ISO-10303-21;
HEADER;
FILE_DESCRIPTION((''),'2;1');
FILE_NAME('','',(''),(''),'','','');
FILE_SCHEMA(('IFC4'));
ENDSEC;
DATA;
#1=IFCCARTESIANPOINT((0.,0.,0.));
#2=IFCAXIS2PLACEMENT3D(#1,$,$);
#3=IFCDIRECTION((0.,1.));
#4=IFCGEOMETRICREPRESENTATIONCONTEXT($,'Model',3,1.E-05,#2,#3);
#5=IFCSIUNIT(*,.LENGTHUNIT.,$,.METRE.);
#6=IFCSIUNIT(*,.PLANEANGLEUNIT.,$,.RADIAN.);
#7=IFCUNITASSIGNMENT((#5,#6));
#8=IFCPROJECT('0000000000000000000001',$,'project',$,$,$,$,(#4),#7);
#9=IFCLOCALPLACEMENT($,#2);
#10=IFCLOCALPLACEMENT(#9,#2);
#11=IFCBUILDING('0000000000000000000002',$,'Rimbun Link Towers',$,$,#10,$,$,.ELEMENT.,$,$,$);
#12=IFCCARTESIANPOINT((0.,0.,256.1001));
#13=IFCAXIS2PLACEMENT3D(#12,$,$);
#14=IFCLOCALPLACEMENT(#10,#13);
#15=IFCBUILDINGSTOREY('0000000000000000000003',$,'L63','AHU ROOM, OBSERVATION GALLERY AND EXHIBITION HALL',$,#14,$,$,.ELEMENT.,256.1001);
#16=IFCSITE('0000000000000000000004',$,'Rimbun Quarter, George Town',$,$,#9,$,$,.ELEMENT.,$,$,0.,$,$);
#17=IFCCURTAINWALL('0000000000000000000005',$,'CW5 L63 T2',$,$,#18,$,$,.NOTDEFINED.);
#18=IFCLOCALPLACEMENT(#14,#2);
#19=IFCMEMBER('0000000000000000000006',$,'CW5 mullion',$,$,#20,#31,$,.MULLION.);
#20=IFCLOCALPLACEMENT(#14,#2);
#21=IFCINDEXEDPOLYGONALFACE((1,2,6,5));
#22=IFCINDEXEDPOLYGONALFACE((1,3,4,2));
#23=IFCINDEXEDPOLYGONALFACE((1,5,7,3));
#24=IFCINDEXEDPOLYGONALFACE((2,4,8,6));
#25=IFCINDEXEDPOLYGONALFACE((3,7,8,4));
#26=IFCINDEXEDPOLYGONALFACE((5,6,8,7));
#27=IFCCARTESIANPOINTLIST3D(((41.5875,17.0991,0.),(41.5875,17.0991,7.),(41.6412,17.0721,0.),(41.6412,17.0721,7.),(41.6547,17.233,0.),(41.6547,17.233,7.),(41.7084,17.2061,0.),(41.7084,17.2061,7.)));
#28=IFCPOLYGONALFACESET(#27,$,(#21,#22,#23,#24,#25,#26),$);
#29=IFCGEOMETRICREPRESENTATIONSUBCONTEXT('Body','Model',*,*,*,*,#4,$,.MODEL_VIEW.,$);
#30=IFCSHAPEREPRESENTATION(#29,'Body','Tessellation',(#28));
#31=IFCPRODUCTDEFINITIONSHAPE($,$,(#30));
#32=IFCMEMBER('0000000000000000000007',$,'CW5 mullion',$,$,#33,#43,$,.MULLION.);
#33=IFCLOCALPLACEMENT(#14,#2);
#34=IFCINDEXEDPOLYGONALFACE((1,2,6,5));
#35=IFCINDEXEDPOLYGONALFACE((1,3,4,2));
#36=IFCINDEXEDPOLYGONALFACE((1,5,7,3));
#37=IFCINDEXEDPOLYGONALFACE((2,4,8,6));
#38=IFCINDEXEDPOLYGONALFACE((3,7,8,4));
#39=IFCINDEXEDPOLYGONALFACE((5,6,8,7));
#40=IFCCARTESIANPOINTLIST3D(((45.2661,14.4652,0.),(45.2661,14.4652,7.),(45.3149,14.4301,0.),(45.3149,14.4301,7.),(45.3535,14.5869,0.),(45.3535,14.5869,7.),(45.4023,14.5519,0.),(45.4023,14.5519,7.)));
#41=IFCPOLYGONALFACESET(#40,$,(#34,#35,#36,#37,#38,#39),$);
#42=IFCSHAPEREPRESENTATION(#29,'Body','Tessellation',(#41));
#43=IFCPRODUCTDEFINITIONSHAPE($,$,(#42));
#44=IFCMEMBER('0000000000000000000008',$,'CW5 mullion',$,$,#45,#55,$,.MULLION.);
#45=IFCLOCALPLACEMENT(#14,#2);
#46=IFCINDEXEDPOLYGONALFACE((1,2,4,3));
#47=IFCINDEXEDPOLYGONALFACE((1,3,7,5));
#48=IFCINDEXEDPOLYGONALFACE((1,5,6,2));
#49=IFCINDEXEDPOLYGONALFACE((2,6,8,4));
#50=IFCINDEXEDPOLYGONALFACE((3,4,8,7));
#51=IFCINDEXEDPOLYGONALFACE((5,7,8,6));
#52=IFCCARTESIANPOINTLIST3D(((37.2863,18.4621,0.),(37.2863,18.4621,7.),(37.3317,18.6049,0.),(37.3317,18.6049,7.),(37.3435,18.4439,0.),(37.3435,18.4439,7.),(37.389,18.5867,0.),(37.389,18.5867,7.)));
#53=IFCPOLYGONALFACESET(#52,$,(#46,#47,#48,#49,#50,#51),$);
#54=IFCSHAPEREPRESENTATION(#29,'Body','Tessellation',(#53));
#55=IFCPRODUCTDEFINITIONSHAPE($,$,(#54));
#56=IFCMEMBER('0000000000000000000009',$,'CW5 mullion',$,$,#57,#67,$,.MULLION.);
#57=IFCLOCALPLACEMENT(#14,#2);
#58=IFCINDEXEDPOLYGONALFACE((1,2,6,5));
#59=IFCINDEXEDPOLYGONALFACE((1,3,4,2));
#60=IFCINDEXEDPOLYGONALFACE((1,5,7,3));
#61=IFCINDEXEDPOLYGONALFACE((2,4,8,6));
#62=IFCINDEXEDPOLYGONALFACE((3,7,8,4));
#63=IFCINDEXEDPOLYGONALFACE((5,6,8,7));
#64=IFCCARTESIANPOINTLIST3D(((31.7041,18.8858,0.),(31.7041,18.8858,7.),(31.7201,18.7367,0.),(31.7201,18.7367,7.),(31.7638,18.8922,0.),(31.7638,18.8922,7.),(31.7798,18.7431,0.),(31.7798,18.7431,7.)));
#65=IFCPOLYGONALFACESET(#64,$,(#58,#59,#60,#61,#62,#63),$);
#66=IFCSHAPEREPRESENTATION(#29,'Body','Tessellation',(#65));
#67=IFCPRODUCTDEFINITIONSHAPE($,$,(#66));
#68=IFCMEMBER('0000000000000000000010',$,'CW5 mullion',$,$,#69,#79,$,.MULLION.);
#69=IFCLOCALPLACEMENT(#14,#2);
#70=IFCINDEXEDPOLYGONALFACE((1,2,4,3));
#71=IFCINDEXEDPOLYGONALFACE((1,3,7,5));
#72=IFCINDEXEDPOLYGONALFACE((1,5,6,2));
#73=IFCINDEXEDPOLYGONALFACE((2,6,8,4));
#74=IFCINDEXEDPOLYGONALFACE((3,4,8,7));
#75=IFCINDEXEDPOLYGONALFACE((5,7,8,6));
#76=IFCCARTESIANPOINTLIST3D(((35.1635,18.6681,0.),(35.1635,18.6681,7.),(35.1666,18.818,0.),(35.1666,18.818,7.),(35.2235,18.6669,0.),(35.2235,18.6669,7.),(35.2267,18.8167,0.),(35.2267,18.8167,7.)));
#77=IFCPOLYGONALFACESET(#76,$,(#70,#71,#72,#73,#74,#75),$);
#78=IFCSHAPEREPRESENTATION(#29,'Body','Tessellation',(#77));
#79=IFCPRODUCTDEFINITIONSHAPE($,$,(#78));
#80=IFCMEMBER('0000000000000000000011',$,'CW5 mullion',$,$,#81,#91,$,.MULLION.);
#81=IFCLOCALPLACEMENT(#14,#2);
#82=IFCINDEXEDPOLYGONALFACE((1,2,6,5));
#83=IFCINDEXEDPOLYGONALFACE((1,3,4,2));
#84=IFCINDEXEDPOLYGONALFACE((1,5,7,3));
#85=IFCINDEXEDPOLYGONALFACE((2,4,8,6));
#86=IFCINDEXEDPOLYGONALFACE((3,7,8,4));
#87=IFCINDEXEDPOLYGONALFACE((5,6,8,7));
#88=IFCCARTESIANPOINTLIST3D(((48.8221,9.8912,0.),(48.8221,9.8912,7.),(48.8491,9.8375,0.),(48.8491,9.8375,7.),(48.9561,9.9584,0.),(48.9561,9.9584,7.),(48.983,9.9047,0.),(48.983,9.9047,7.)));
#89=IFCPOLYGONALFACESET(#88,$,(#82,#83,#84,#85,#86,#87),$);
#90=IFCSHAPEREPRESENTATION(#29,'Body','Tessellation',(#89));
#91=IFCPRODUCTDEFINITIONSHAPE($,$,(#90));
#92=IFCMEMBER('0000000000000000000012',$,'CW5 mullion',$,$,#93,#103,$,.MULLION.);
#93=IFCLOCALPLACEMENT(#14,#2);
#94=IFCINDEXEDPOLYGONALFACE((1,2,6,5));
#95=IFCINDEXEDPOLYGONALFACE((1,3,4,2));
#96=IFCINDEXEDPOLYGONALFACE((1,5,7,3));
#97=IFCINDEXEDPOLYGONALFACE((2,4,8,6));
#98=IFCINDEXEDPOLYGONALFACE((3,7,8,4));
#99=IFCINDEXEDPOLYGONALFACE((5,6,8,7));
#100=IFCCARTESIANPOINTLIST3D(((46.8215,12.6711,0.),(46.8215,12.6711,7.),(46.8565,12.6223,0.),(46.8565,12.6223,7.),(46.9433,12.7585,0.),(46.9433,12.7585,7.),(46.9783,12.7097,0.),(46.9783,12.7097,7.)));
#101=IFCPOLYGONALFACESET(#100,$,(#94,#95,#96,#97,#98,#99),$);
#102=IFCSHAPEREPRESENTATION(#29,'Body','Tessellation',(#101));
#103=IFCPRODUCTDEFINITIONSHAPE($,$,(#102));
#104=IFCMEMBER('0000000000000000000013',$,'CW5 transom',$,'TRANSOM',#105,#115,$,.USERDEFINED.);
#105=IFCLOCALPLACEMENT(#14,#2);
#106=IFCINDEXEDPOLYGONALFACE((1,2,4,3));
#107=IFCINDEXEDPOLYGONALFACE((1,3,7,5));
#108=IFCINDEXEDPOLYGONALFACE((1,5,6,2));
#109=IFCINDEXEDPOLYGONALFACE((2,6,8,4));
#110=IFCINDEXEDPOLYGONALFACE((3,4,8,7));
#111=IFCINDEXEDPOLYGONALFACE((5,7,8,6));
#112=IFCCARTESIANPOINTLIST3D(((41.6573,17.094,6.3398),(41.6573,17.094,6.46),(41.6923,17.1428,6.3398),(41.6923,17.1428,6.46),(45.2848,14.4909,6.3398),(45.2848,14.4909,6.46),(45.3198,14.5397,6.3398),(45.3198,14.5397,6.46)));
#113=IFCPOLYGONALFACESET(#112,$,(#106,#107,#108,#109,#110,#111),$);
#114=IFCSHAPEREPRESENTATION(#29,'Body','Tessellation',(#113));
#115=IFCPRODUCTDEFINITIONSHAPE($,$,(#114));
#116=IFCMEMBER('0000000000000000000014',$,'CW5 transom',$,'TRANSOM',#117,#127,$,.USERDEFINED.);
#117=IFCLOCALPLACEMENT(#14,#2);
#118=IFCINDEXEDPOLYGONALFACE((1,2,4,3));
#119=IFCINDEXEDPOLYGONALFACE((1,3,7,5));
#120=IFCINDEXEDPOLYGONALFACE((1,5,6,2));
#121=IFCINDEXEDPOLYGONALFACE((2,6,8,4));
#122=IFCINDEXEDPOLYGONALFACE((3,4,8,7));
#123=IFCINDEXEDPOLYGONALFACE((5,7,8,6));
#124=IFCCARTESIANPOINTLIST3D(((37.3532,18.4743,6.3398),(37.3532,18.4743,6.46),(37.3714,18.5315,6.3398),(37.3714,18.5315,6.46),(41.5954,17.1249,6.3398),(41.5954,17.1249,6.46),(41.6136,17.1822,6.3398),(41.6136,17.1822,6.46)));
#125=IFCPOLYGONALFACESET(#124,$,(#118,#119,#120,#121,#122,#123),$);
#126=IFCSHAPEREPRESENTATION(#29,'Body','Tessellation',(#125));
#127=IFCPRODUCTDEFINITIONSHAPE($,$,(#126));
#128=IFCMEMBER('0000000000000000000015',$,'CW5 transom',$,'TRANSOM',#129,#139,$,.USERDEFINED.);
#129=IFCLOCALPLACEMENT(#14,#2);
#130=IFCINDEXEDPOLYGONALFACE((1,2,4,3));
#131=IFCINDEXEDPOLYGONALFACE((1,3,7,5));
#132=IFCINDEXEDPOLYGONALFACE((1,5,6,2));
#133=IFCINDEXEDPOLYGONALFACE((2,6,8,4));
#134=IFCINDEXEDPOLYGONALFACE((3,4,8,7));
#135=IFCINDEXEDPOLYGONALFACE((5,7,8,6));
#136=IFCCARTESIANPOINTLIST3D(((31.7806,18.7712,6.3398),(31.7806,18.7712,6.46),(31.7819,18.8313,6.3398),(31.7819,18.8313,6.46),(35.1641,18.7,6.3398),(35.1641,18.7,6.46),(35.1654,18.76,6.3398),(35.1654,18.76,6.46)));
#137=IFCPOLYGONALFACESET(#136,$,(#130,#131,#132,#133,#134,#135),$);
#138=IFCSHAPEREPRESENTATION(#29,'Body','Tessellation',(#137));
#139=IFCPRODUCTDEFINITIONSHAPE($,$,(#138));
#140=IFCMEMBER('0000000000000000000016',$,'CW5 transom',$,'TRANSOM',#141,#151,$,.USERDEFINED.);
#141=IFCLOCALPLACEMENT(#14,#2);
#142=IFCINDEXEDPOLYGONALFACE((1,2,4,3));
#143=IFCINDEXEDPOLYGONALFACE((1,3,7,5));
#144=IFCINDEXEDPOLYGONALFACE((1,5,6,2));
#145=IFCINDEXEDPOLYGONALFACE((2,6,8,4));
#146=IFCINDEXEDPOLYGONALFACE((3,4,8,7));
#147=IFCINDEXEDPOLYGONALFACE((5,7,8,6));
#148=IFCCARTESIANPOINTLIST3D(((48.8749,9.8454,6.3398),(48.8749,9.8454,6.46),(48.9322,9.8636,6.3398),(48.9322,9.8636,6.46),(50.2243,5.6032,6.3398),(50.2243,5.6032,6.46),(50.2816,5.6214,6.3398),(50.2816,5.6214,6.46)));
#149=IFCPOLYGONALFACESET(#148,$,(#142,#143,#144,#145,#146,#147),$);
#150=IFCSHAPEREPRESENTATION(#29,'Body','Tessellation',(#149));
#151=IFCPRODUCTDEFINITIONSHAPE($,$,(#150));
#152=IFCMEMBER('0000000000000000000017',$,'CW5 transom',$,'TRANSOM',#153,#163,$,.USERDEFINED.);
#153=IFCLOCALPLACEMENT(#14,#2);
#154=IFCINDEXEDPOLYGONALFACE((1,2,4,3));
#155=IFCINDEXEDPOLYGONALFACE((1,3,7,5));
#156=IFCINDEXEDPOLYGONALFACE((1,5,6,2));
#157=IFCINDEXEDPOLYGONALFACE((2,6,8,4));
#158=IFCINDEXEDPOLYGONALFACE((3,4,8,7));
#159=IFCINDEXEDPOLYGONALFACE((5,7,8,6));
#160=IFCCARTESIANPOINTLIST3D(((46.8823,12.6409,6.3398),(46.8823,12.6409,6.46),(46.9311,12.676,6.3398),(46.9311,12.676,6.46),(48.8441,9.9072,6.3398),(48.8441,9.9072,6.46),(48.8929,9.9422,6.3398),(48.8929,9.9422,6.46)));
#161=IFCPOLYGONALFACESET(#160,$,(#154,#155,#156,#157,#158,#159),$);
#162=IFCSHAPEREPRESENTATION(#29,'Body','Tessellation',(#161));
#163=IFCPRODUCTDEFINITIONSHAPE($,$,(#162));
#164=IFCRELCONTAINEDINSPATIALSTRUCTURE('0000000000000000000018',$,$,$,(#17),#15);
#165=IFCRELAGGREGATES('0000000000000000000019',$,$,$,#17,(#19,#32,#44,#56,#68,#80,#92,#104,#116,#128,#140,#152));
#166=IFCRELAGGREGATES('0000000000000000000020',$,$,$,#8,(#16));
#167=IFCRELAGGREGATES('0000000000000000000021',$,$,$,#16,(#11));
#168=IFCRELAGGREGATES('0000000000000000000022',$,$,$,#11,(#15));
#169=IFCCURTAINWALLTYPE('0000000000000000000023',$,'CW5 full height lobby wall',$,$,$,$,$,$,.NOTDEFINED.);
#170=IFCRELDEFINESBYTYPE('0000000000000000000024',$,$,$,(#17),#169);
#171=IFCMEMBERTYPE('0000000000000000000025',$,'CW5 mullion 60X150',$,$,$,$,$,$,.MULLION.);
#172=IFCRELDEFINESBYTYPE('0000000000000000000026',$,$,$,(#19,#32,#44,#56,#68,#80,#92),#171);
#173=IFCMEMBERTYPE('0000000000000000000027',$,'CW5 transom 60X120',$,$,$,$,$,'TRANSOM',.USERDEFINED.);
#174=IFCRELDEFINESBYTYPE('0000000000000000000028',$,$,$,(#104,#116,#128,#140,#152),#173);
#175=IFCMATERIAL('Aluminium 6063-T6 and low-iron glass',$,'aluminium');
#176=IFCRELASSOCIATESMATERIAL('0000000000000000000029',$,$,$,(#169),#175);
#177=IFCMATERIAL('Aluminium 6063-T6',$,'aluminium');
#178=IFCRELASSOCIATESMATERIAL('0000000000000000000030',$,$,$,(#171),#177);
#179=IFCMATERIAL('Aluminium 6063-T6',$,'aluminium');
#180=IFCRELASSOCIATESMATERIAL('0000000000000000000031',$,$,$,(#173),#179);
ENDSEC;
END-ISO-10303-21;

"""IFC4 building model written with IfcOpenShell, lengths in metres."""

from ifc_helpers import new_model, si_unit, direction, frame, origin, origin_2d, place, context, subcontext, project, spatial, rectangle, extrude, material, material_profile, profile_set, type_object, element, aggregate, save


model = new_model("IFC4")

# Units and contexts
model_context = context("Model", 3, precision=1e-05, world=origin(), true_north=direction((0.0, 1.0)))
body_context = subcontext(model_context, "Body", "Model", "MODEL_VIEW")
ifc_project = project(units=[si_unit("LENGTHUNIT", "METRE"), si_unit("PLANEANGLEUNIT", "RADIAN")], contexts=[model_context])

# Site, building, storey
site_placement = place(None, origin())
site = spatial("IfcSite", under=ifc_project, at=site_placement, Name="Rimbun Quarter, George Town", CompositionType="ELEMENT", RefElevation=0.0)
building_placement = place(site_placement, origin())
building = spatial("IfcBuilding", under=site, at=building_placement, Name="Rimbun Link Towers", CompositionType="ELEMENT")
storey_placement = place(building_placement, frame((0.0, 0.0, 256.1001)))
storey = spatial("IfcBuildingStorey", under=building, at=storey_placement, Name="L63", Description="AHU ROOM, OBSERVATION GALLERY AND EXHIBITION HALL", CompositionType="ELEMENT", Elevation=256.1001)

# Curtain wall, members
ifc_material_1 = material(Name="Aluminium 6063-T6 and low-iron glass", Category="aluminium")
curtain_wall_type = type_object("IfcCurtainWallType", Name="CW5 full height lobby wall", PredefinedType="NOTDEFINED", material=ifc_material_1)
curtain_wall_placement = place(storey_placement, origin())
curtain_wall = element("IfcCurtainWall", 1, at=curtain_wall_placement, inside=storey, type_object=curtain_wall_type, Name="CW5 L63 T2", PredefinedType="NOTDEFINED")
ifc_material_2 = material(Name="Aluminium 6063-T6", Category="aluminium")
ifc_material_profile_1 = material_profile(ifc_material_2, rectangle(XDim=0.1499, YDim=0.0601, at=origin_2d()), Name="MULLION 60X150")
ifc_profile_set_1 = profile_set([ifc_material_profile_1], Name="Aluminium 6063-T6")
member_type_1 = type_object("IfcMemberType", Name="CW5 mullion 60X150", PredefinedType="MULLION", material=ifc_profile_set_1)
member_1_placement = place(storey_placement, frame((41.6479, 17.1526, 0.0), z_axis=(0.0, 0.0, 1.0), x_axis=(0.448575, 0.893745, 0.0)))
member_1 = element("IfcMember", 2, at=member_1_placement, type_object=member_type_1, Name="CW5 mullion", PredefinedType="MULLION", context=body_context, shape_type="SweptSolid", body=[
    extrude(rectangle(XDim=0.1499, YDim=0.0601, at=origin_2d()), origin(), (0.0, 0.0, 1.0), 7.0),
])
member_2_placement = place(storey_placement, frame((45.3342, 14.5085, 0.0), z_axis=(0.0, 0.0, 1.0), x_axis=(0.583006, 0.812468, 0.0)))
member_2 = element("IfcMember", 3, at=member_2_placement, type_object=member_type_1, Name="CW5 mullion", PredefinedType="MULLION", context=body_context, shape_type="SweptSolid", body=[
    extrude(rectangle(XDim=0.1499, YDim=0.0601, at=origin_2d()), origin(), (0.0, 0.0, 1.0), 7.0),
])
member_3_placement = place(storey_placement, frame((37.3376, 18.5244, 0.0), z_axis=(0.0, 0.0, 1.0), x_axis=(0.303074, 0.952967, 0.0)))
member_3 = element("IfcMember", 4, at=member_3_placement, type_object=member_type_1, Name="CW5 mullion", PredefinedType="MULLION", context=body_context, shape_type="SweptSolid", body=[
    extrude(rectangle(XDim=0.1499, YDim=0.0601, at=origin_2d()), origin(), (0.0, 0.0, 1.0), 7.0),
])
member_4_placement = place(storey_placement, frame((31.7419, 18.8145, 0.0), z_axis=(0.0, 0.0, 1.0), x_axis=(-0.106642, 0.994297, 0.0)))
member_4 = element("IfcMember", 5, at=member_4_placement, type_object=member_type_1, Name="CW5 mullion", PredefinedType="MULLION", context=body_context, shape_type="SweptSolid", body=[
    extrude(rectangle(XDim=0.1499, YDim=0.0601, at=origin_2d()), origin(), (0.0, 0.0, 1.0), 7.0),
])
member_5_placement = place(storey_placement, frame((35.1951, 18.7424, 0.0), z_axis=(0.0, 0.0, 1.0), x_axis=(0.021064, 0.999778, 0.0)))
member_5 = element("IfcMember", 6, at=member_5_placement, type_object=member_type_1, Name="CW5 mullion", PredefinedType="MULLION", context=body_context, shape_type="SweptSolid", body=[
    extrude(rectangle(XDim=0.1499, YDim=0.0601, at=origin_2d()), origin(), (0.0, 0.0, 1.0), 7.0),
])
member_6_placement = place(storey_placement, frame((48.9026, 9.8979, 0.0), z_axis=(0.0, 0.0, 1.0), x_axis=(0.893745, 0.448575, 0.0)))
member_6 = element("IfcMember", 7, at=member_6_placement, type_object=member_type_1, Name="CW5 mullion", PredefinedType="MULLION", context=body_context, shape_type="SweptSolid", body=[
    extrude(rectangle(XDim=0.1499, YDim=0.0601, at=origin_2d()), origin(), (0.0, 0.0, 1.0), 7.0),
])
member_7_placement = place(storey_placement, frame((46.8999, 12.6904, 0.0), z_axis=(0.0, 0.0, 1.0), x_axis=(0.812468, 0.583006, 0.0)))
member_7 = element("IfcMember", 8, at=member_7_placement, type_object=member_type_1, Name="CW5 mullion", PredefinedType="MULLION", context=body_context, shape_type="SweptSolid", body=[
    extrude(rectangle(XDim=0.1499, YDim=0.0601, at=origin_2d()), origin(), (0.0, 0.0, 1.0), 7.0),
])
ifc_material_3 = material(Name="Aluminium 6063-T6", Category="aluminium")
ifc_material_profile_2 = material_profile(ifc_material_3, rectangle(XDim=0.0601, YDim=0.1201, at=origin_2d()), Name="TRANSOM 60X120")
ifc_profile_set_2 = profile_set([ifc_material_profile_2], Name="Aluminium 6063-T6")
member_type_2 = type_object("IfcMemberType", Name="CW5 transom 60X120", ElementType="TRANSOM", PredefinedType="USERDEFINED", material=ifc_profile_set_2)
member_8_placement = place(storey_placement, frame((41.6748, 17.1184, 6.3999), z_axis=(0.812461, -0.583016, 0.0), x_axis=(0.583016, 0.812461, 0.0)))
member_8 = element("IfcMember", 9, at=member_8_placement, type_object=member_type_2, Name="CW5 transom", ObjectType="TRANSOM", PredefinedType="USERDEFINED", context=body_context, shape_type="SweptSolid", body=[
    extrude(rectangle(XDim=0.0601, YDim=0.1201, at=origin_2d()), origin(), (0.0, 0.0, 1.0), 4.4648),
])
member_9_placement = place(storey_placement, frame((37.3623, 18.5029, 6.3999), z_axis=(0.952953, -0.303118, 0.0), x_axis=(0.303118, 0.952953, 0.0)))
member_9 = element("IfcMember", 10, at=member_9_placement, type_object=member_type_2, Name="CW5 transom", ObjectType="TRANSOM", PredefinedType="USERDEFINED", context=body_context, shape_type="SweptSolid", body=[
    extrude(rectangle(XDim=0.0601, YDim=0.1201, at=origin_2d()), origin(), (0.0, 0.0, 1.0), 4.4517),
])
member_10_placement = place(storey_placement, frame((31.7812, 18.8013, 6.3999), z_axis=(0.999778, -0.021065, 0.0), x_axis=(0.021065, 0.999778, 0.0)))
member_10 = element("IfcMember", 11, at=member_10_placement, type_object=member_type_2, Name="CW5 transom", ObjectType="TRANSOM", PredefinedType="USERDEFINED", context=body_context, shape_type="SweptSolid", body=[
    extrude(rectangle(XDim=0.0601, YDim=0.1201, at=origin_2d()), origin(), (0.0, 0.0, 1.0), 3.3843),
])
member_11_placement = place(storey_placement, frame((48.9036, 9.8545, 6.3999), z_axis=(0.303118, -0.952953, 0.0), x_axis=(0.952953, 0.303118, 0.0)))
member_11 = element("IfcMember", 12, at=member_11_placement, type_object=member_type_2, Name="CW5 transom", ObjectType="TRANSOM", PredefinedType="USERDEFINED", context=body_context, shape_type="SweptSolid", body=[
    extrude(rectangle(XDim=0.0601, YDim=0.1201, at=origin_2d()), origin(), (0.0, 0.0, 1.0), 4.4517),
])
member_12_placement = place(storey_placement, frame((46.9067, 12.6584, 6.3999), z_axis=(0.583021, -0.812457, 0.0), x_axis=(0.812457, 0.583021, 0.0)))
member_12 = element("IfcMember", 13, at=member_12_placement, type_object=member_type_2, Name="CW5 transom", ObjectType="TRANSOM", PredefinedType="USERDEFINED", context=body_context, shape_type="SweptSolid", body=[
    extrude(rectangle(XDim=0.0601, YDim=0.1201, at=origin_2d()), origin(), (0.0, 0.0, 1.0), 3.3647),
])

aggregate(curtain_wall, [member_1, member_2, member_3, member_4, member_5, member_6, member_7, member_8, member_9, member_10, member_11, member_12])

save(model, "model.ifc")
